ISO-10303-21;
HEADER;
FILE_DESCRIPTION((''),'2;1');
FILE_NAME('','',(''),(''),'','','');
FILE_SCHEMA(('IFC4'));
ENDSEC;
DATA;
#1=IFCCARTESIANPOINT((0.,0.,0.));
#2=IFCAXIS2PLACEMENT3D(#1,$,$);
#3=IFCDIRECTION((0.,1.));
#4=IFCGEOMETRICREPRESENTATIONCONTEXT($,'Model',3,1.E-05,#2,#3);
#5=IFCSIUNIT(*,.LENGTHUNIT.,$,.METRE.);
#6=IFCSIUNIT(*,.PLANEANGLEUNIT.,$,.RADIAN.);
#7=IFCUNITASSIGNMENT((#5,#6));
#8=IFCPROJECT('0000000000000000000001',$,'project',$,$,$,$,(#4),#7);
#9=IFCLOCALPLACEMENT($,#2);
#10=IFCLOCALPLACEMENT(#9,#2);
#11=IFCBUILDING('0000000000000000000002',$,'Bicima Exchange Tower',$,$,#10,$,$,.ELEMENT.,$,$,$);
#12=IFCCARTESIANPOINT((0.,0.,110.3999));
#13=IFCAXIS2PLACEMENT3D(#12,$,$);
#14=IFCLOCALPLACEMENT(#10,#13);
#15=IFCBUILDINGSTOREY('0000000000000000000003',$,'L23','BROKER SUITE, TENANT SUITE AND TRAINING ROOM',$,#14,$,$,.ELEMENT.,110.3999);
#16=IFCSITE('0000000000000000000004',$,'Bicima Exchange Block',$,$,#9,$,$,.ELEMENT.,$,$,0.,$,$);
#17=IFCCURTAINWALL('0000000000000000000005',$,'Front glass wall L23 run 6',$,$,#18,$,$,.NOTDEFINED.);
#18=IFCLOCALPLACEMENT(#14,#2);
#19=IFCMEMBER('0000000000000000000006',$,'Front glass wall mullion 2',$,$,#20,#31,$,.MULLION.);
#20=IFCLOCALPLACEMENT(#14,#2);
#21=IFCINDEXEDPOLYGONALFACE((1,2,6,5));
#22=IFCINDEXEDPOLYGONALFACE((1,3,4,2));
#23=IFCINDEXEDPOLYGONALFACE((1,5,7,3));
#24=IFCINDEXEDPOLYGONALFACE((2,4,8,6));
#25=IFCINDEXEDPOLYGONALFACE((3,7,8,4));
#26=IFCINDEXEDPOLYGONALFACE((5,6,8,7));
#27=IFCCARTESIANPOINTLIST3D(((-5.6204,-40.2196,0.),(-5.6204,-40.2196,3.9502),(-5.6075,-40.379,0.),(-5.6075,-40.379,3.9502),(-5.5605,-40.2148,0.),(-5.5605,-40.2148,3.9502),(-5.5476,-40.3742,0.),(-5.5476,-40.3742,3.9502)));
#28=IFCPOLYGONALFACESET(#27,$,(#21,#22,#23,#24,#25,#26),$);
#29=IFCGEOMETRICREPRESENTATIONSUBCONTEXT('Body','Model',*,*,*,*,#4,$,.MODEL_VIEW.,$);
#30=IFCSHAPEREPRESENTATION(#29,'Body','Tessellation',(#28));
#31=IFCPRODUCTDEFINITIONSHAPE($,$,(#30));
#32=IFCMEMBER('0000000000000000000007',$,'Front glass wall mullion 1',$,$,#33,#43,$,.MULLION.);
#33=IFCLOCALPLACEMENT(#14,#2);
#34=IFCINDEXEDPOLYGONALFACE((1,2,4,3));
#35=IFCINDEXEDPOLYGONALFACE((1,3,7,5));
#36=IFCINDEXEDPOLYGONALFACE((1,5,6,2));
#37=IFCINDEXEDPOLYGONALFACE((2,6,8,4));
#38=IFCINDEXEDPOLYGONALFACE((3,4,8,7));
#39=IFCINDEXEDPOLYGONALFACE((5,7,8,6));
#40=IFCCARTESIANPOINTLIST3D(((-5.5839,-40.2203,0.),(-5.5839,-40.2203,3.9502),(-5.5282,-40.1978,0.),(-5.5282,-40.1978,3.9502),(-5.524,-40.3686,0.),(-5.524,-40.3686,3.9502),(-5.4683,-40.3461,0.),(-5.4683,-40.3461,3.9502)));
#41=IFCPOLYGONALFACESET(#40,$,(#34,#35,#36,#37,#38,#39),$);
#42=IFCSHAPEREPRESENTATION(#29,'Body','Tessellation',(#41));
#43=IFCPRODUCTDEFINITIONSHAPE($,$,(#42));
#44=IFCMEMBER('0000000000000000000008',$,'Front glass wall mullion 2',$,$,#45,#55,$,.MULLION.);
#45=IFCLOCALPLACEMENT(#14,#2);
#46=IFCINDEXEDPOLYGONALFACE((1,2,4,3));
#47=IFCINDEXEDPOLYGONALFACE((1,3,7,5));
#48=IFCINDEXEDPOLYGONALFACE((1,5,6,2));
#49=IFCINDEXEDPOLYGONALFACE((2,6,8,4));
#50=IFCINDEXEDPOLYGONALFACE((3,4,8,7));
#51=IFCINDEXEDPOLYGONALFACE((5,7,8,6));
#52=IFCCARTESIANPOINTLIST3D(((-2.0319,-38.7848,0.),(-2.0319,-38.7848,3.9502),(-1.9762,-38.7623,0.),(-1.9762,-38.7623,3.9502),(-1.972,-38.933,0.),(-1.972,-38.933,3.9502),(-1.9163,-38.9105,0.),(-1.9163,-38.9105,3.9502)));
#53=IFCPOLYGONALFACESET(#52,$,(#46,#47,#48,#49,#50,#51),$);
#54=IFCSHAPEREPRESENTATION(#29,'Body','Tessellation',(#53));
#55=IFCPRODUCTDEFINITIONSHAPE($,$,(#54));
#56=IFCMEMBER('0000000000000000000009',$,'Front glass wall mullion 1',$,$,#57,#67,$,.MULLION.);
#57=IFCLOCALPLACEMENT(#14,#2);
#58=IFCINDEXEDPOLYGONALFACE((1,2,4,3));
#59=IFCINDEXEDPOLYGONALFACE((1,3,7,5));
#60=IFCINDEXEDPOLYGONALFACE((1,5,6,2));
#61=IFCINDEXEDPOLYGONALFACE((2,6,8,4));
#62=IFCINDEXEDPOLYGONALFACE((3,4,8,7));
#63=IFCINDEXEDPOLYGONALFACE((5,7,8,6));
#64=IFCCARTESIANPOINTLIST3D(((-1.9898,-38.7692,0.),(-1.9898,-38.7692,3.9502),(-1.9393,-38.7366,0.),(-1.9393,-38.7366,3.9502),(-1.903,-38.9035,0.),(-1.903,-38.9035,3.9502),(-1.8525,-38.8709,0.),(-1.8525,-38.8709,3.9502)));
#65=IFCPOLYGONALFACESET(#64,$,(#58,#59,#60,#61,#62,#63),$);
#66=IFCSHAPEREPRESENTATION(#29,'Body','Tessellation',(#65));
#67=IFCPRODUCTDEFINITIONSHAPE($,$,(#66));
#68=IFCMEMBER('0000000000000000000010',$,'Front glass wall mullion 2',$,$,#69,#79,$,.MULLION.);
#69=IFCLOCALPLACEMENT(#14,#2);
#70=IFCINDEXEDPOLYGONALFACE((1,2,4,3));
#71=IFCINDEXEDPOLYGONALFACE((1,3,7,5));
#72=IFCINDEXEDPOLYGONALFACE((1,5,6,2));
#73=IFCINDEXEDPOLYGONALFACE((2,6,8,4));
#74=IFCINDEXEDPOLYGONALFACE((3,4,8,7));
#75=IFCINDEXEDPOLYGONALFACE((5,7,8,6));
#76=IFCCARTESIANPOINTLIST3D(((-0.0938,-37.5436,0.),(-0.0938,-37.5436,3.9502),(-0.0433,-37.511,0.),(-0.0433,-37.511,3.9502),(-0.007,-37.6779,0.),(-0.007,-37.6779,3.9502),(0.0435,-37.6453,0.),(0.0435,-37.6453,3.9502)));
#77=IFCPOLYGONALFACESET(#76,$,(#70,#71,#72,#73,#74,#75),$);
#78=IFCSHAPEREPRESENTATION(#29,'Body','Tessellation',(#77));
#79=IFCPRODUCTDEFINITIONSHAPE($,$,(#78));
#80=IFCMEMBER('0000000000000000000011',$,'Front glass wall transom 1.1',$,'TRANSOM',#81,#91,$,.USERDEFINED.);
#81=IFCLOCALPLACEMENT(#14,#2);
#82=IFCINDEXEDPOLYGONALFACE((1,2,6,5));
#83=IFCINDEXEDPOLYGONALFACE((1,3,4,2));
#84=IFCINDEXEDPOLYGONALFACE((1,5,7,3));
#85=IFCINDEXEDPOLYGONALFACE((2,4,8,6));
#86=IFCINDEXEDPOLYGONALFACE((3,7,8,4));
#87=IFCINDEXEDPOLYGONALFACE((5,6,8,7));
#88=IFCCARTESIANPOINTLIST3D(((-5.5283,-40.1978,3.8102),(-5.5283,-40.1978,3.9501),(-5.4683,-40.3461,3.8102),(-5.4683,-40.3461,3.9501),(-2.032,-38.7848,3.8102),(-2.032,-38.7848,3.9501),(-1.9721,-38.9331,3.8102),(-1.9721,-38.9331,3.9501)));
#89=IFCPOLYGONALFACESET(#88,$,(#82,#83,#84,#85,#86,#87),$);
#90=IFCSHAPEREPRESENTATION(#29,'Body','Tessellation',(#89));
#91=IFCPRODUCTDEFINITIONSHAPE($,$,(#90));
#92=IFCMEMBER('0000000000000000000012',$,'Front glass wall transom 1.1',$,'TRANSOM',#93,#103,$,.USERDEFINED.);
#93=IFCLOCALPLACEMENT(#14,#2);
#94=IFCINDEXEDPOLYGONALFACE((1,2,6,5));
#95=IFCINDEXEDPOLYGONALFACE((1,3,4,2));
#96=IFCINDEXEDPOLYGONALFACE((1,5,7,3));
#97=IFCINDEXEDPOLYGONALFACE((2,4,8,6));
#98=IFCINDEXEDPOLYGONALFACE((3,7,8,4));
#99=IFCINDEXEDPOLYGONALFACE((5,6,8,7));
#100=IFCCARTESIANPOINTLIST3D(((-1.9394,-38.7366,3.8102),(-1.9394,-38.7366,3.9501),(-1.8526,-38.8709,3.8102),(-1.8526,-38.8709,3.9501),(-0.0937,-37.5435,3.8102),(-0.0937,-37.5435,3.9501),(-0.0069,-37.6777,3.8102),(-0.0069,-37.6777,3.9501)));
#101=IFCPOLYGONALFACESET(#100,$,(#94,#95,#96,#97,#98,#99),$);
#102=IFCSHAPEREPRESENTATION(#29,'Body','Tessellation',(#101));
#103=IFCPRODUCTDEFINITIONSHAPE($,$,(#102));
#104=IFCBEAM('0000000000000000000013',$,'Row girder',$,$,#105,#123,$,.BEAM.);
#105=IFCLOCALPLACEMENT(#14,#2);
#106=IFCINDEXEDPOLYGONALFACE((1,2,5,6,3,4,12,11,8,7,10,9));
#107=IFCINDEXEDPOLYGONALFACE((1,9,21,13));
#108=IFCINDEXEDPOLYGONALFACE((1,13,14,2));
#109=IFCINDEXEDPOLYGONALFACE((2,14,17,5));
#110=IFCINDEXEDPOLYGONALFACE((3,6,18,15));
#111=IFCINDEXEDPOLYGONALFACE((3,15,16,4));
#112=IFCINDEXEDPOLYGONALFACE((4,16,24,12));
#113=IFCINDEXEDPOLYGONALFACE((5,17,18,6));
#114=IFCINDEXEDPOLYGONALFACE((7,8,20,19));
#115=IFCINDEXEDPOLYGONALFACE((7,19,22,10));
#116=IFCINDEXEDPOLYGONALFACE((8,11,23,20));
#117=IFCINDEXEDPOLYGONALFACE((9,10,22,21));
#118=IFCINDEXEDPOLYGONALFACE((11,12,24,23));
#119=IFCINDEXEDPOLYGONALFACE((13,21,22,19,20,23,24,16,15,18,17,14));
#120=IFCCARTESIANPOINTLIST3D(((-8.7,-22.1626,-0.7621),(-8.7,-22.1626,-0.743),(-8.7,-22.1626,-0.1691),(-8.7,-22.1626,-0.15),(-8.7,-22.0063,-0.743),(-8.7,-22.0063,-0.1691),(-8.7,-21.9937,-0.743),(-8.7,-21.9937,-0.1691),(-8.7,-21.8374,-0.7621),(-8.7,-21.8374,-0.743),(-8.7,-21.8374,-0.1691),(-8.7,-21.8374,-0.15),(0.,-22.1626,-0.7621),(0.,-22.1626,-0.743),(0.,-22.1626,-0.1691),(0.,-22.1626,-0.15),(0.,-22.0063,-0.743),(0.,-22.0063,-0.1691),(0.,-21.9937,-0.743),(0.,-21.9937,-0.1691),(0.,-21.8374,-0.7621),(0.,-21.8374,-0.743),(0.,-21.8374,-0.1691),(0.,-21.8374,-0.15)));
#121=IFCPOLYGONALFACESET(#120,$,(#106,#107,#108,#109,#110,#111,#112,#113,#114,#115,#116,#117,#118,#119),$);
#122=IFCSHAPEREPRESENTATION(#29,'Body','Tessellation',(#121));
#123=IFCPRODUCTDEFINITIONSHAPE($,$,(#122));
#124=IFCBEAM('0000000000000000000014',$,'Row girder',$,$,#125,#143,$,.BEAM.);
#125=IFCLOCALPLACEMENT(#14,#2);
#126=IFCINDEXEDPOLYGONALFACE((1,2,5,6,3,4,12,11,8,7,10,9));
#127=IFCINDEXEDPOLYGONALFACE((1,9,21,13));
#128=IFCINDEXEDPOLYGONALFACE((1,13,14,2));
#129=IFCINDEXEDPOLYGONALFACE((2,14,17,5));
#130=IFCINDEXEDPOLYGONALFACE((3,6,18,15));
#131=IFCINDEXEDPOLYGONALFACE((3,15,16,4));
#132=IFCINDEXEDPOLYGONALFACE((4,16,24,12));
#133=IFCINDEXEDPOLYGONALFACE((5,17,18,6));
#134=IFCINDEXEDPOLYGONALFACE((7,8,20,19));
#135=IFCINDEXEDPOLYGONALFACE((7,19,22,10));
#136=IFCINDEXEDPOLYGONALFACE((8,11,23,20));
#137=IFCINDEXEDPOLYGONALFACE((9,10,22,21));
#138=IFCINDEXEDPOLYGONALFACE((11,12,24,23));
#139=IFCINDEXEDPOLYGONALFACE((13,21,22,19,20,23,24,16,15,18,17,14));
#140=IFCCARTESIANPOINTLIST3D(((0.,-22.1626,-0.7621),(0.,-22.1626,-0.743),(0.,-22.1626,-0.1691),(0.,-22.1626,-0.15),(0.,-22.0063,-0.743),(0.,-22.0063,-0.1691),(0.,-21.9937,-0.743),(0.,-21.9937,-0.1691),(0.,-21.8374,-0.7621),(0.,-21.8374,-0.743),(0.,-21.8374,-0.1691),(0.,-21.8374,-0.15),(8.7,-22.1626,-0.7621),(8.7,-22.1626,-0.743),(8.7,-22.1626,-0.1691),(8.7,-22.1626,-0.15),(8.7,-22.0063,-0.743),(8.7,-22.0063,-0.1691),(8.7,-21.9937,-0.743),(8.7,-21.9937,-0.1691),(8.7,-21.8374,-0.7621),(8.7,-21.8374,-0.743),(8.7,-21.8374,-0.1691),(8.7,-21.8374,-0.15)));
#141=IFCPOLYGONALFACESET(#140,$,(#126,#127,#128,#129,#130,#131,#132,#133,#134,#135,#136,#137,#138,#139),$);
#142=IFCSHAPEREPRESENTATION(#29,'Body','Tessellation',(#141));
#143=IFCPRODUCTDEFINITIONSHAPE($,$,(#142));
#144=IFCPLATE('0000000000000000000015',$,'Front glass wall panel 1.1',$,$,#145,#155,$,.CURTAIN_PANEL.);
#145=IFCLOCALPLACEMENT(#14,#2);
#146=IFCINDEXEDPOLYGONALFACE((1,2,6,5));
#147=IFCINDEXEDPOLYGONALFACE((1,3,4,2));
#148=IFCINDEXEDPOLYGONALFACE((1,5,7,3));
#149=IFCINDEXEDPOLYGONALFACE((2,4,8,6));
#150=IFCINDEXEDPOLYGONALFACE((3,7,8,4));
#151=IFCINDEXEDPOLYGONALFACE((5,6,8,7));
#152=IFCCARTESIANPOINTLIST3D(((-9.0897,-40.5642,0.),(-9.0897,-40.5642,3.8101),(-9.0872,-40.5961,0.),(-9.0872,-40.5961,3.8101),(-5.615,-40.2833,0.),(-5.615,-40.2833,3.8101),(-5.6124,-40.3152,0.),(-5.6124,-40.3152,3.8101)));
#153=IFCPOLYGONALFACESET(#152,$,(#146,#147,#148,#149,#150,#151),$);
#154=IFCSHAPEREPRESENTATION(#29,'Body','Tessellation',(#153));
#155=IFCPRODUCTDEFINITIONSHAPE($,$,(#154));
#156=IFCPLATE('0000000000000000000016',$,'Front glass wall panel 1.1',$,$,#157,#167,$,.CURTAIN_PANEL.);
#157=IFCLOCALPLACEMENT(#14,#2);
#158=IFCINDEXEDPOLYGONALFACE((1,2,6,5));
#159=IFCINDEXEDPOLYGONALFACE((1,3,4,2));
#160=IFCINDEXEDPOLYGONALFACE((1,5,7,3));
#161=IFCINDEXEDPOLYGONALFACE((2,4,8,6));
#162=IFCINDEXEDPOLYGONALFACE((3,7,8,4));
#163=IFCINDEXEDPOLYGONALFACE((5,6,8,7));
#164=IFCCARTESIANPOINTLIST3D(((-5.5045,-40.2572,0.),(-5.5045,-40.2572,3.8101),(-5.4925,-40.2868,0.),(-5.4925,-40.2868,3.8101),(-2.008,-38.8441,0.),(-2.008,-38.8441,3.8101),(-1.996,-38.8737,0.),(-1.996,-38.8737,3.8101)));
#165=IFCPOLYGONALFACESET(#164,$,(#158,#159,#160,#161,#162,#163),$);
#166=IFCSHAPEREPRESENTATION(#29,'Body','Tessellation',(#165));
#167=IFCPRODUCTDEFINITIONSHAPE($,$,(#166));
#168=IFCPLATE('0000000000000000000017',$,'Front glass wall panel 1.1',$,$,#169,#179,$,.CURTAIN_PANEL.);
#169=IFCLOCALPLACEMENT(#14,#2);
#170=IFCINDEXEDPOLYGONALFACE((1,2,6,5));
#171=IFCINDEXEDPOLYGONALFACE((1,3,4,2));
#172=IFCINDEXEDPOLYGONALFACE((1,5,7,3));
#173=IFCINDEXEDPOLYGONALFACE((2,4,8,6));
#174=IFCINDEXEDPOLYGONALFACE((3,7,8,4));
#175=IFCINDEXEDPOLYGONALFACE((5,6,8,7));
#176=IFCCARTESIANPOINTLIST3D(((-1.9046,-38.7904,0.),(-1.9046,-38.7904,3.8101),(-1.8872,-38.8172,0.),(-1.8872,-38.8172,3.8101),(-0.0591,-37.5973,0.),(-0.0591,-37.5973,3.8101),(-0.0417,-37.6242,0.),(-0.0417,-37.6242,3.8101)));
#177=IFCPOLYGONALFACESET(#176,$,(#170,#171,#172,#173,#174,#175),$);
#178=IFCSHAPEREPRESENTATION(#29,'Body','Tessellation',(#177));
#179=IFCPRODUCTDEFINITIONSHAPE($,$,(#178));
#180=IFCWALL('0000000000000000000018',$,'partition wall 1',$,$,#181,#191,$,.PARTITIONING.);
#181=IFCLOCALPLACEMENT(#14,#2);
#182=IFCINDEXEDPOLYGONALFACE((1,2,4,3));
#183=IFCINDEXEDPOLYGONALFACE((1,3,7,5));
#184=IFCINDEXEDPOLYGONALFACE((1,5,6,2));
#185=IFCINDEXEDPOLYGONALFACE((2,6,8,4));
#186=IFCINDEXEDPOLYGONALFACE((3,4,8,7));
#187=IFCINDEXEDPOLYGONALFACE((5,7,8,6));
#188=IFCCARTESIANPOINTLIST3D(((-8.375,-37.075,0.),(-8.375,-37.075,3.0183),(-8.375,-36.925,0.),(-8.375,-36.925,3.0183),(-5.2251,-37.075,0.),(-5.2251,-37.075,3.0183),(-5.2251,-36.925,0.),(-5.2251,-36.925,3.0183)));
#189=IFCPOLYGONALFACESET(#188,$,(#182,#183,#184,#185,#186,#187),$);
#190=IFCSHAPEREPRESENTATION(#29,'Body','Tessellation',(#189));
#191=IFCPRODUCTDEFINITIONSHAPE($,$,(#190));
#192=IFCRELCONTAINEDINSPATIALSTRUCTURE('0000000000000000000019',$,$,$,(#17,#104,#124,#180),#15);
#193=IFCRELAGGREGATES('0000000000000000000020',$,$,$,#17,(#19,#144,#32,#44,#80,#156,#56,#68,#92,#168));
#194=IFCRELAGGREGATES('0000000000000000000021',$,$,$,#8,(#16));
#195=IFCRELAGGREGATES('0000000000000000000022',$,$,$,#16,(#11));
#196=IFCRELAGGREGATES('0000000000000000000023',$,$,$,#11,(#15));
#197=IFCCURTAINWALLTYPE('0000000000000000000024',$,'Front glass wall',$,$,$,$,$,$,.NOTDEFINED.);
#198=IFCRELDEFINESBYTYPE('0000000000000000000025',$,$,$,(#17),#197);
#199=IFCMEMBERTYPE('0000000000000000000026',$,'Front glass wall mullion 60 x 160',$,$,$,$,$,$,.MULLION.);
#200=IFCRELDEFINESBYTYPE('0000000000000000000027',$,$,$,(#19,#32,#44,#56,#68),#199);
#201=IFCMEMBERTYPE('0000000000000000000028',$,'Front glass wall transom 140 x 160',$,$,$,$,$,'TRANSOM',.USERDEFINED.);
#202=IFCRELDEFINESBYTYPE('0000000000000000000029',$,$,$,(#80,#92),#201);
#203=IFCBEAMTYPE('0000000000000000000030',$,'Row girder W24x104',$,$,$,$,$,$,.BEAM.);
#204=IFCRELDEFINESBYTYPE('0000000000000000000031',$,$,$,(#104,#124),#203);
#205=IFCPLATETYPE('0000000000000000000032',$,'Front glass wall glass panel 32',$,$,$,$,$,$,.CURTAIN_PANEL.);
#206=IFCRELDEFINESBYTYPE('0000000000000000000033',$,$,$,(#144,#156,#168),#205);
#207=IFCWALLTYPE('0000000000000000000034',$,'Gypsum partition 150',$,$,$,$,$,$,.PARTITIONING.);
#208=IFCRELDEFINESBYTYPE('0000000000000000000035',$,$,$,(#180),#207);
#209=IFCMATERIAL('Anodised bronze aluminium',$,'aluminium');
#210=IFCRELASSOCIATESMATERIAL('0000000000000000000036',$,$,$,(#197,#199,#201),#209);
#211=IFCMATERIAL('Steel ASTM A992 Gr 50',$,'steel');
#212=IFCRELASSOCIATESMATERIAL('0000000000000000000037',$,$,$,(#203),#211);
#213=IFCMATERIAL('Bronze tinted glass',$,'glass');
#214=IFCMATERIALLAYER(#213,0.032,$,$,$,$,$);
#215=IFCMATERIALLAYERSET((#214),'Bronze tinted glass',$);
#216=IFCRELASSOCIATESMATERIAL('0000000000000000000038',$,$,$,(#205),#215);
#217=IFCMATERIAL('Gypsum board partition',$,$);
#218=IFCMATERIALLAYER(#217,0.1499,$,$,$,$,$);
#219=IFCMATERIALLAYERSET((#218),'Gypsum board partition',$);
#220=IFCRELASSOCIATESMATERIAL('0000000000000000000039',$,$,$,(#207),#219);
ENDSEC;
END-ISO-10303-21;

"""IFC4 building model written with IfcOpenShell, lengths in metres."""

from ifc_helpers import new_model, si_unit, direction, frame, frame_2d, origin, origin_2d, place, context, subcontext, project, spatial, rectangle, i_section, extrude, material, layer, layer_set, material_profile, profile_set, type_object, element, aggregate, save


model = new_model("IFC4")

# Units and contexts
model_context = context("Model", 3, precision=1e-05, world=origin(), true_north=direction((0.0, 1.0)))
body_context = subcontext(model_context, "Body", "Model", "MODEL_VIEW")
ifc_project = project(units=[si_unit("LENGTHUNIT", "METRE"), si_unit("PLANEANGLEUNIT", "RADIAN")], contexts=[model_context])

# Site, building, storey
site_placement = place(None, origin())
site = spatial("IfcSite", under=ifc_project, at=site_placement, Name="Bicima Exchange Block", CompositionType="ELEMENT", RefElevation=0.0)
building_placement = place(site_placement, origin())
building = spatial("IfcBuilding", under=site, at=building_placement, Name="Bicima Exchange Tower", CompositionType="ELEMENT")
storey_placement = place(building_placement, frame((0.0, 0.0, 110.3999)))
storey = spatial("IfcBuildingStorey", under=building, at=storey_placement, Name="L23", Description="BROKER SUITE, TENANT SUITE AND TRAINING ROOM", CompositionType="ELEMENT", Elevation=110.3999)

# Shared definitions
ifc_material_1 = material(Name="Steel ASTM A992 Gr 50", Category="steel")

# Curtain wall, members
ifc_material_2 = material(Name="Anodised bronze aluminium", Category="aluminium")
curtain_wall_type = type_object("IfcCurtainWallType", Name="Front glass wall", PredefinedType="NOTDEFINED", material=ifc_material_2)
curtain_wall_placement = place(storey_placement, origin())
curtain_wall = element("IfcCurtainWall", 1, at=curtain_wall_placement, inside=storey, type_object=curtain_wall_type, Name="Front glass wall L23 run 6", PredefinedType="NOTDEFINED")
ifc_material_profile_1 = material_profile(ifc_material_2, rectangle(XDim=0.1599, YDim=0.0601, at=origin_2d()))
ifc_profile_set_1 = profile_set([ifc_material_profile_1], Name="Anodised bronze aluminium")
member_type_1 = type_object("IfcMemberType", Name="Front glass wall mullion 60 x 160", PredefinedType="MULLION", material=ifc_profile_set_1)
member_1_placement = place(storey_placement, frame((-5.584, -40.2969, 0.0), z_axis=(0.0, 0.0, 1.0), x_axis=(-0.080589, 0.996747, 0.0)))
member_1 = element("IfcMember", 2, at=member_1_placement, type_object=member_type_1, Name="Front glass wall mullion 2", PredefinedType="MULLION", context=body_context, shape_type="SweptSolid", body=[
    extrude(rectangle(XDim=0.1599, YDim=0.0601, at=origin_2d()), origin(), (0.0, 0.0, 1.0), 3.9502),
])
member_2_placement = place(storey_placement, frame((-5.5261, -40.2832, 0.0), z_axis=(0.0, 0.0, 1.0), x_axis=(-0.374705, 0.927144, 0.0)))
member_2 = element("IfcMember", 3, at=member_2_placement, type_object=member_type_1, Name="Front glass wall mullion 1", PredefinedType="MULLION", context=body_context, shape_type="SweptSolid", body=[
    extrude(rectangle(XDim=0.1599, YDim=0.0601, at=origin_2d()), origin(), (0.0, 0.0, 1.0), 3.9502),
])
member_3_placement = place(storey_placement, frame((-1.9741, -38.8477, 0.0), z_axis=(0.0, 0.0, 1.0), x_axis=(-0.374705, 0.927144, 0.0)))
member_3 = element("IfcMember", 4, at=member_3_placement, type_object=member_type_1, Name="Front glass wall mullion 2", PredefinedType="MULLION", context=body_context, shape_type="SweptSolid", body=[
    extrude(rectangle(XDim=0.1599, YDim=0.0601, at=origin_2d()), origin(), (0.0, 0.0, 1.0), 3.9502),
])
member_4_placement = place(storey_placement, frame((-1.9211, -38.8201, 0.0), z_axis=(0.0, 0.0, 1.0), x_axis=(-0.542897, 0.839799, 0.0)))
member_4 = element("IfcMember", 5, at=member_4_placement, type_object=member_type_1, Name="Front glass wall mullion 1", PredefinedType="MULLION", context=body_context, shape_type="SweptSolid", body=[
    extrude(rectangle(XDim=0.1599, YDim=0.0601, at=origin_2d()), origin(), (0.0, 0.0, 1.0), 3.9502),
])
member_5_placement = place(storey_placement, frame((-0.0251, -37.5945, 0.0), z_axis=(0.0, 0.0, 1.0), x_axis=(-0.542897, 0.839799, 0.0)))
member_5 = element("IfcMember", 6, at=member_5_placement, type_object=member_type_1, Name="Front glass wall mullion 2", PredefinedType="MULLION", context=body_context, shape_type="SweptSolid", body=[
    extrude(rectangle(XDim=0.1599, YDim=0.0601, at=origin_2d()), origin(), (0.0, 0.0, 1.0), 3.9502),
])
ifc_material_profile_2 = material_profile(ifc_material_2, rectangle(XDim=0.1599, YDim=0.1399, at=origin_2d()))
ifc_profile_set_2 = profile_set([ifc_material_profile_2], Name="Anodised bronze aluminium")
member_type_2 = type_object("IfcMemberType", Name="Front glass wall transom 140 x 160", ElementType="TRANSOM", PredefinedType="USERDEFINED", material=ifc_profile_set_2)
member_6_placement = place(storey_placement, frame((-5.4983, -40.272, 3.8801), z_axis=(0.92714, 0.374715, 0.0), x_axis=(-0.374715, 0.92714, 0.0)))
member_6 = element("IfcMember", 7, at=member_6_placement, type_object=member_type_2, Name="Front glass wall transom 1.1", ObjectType="TRANSOM", PredefinedType="USERDEFINED", context=body_context, shape_type="SweptSolid", body=[
    extrude(rectangle(XDim=0.1599, YDim=0.1399, at=origin_2d()), origin(), (0.0, 0.0, 1.0), 3.771),
])
member_7_placement = place(storey_placement, frame((-1.896, -38.8037, 3.8801), z_axis=(0.839811, 0.542878, 0.0), x_axis=(-0.542878, 0.839811, 0.0)))
member_7 = element("IfcMember", 8, at=member_7_placement, type_object=member_type_2, Name="Front glass wall transom 1.1", ObjectType="TRANSOM", PredefinedType="USERDEFINED", context=body_context, shape_type="SweptSolid", body=[
    extrude(rectangle(XDim=0.1599, YDim=0.1399, at=origin_2d()), origin(), (0.0, 0.0, 1.0), 2.1978),
])

# Beams
ifc_material_profile_3 = material_profile(ifc_material_1, i_section(OverallWidth=0.3252, OverallDepth=0.6121, WebThickness=0.0127, FlangeThickness=0.019, at=origin_2d()))
ifc_profile_set_3 = profile_set([ifc_material_profile_3], Name="Steel ASTM A992 Gr 50")
beam_type_1 = type_object("IfcBeamType", Name="Row girder W24x104", PredefinedType="BEAM", material=ifc_profile_set_3)
for number, where, z_axis, x_axis, name in (
    (9, (-8.7, -22.0, -0.4561), (1.0, 0.0, 0.0), (0.0, 1.0, 0.0), "Row girder"),
    (10, (0.0, -22.0, -0.4561), (1.0, 0.0, 0.0), (0.0, 1.0, 0.0), "Row girder"),
):
    element("IfcBeam", number, at=place(storey_placement, frame(where, z_axis=z_axis, x_axis=x_axis)), inside=storey, type_object=beam_type_1, Name=name, PredefinedType="BEAM", context=body_context, shape_type="SweptSolid", body=[
        extrude(i_section(OverallWidth=0.3252, OverallDepth=0.6121, WebThickness=0.0127, FlangeThickness=0.019, at=origin_2d()), origin(), (0.0, 0.0, 1.0), 8.7),
    ])

# Plates
ifc_material_3 = material(Name="Bronze tinted glass", Category="glass")
ifc_layer_1 = layer(ifc_material_3, 0.032)
ifc_layer_set_1 = layer_set([ifc_layer_1], Name="Bronze tinted glass")
plate_type = type_object("IfcPlateType", Name="Front glass wall glass panel 32", PredefinedType="CURTAIN_PANEL", material=ifc_layer_set_1)
plate_1_placement = place(storey_placement, frame((-7.3511, -40.4397, 0.0), z_axis=(0.0, 0.0, 1.0), x_axis=(0.996747, 0.080589, 0.0)))
plate_1 = element("IfcPlate", 11, at=plate_1_placement, type_object=plate_type, Name="Front glass wall panel 1.1", PredefinedType="CURTAIN_PANEL", context=body_context, shape_type="SweptSolid", body=[
    extrude(rectangle(XDim=3.4861, YDim=0.032, at=origin_2d()), origin(), (0.0, 0.0, 1.0), 3.8101),
])
plate_2_placement = place(storey_placement, frame((-3.7502, -39.5654, 0.0), z_axis=(0.0, 0.0, 1.0), x_axis=(0.927144, 0.374705, 0.0)))
plate_2 = element("IfcPlate", 12, at=plate_2_placement, type_object=plate_type, Name="Front glass wall panel 1.1", PredefinedType="CURTAIN_PANEL", context=body_context, shape_type="SweptSolid", body=[
    extrude(rectangle(XDim=3.7712, YDim=0.032, at=origin_2d()), origin(), (0.0, 0.0, 1.0), 3.8101),
])
plate_3_placement = place(storey_placement, frame((-0.9731, -38.2073, 0.0), z_axis=(0.0, 0.0, 1.0), x_axis=(0.839799, 0.542897, 0.0)))
plate_3 = element("IfcPlate", 13, at=plate_3_placement, type_object=plate_type, Name="Front glass wall panel 1.1", PredefinedType="CURTAIN_PANEL", context=body_context, shape_type="SweptSolid", body=[
    extrude(rectangle(XDim=2.1975, YDim=0.032, at=origin_2d()), origin(), (0.0, 0.0, 1.0), 3.8101),
])
aggregate(curtain_wall, [member_1, plate_1, member_2, member_3, member_6, plate_2, member_4, member_5, member_7, plate_3])

# Wall
ifc_material_4 = material(Name="Gypsum board partition")
ifc_layer_2 = layer(ifc_material_4, 0.1499)
ifc_layer_set_2 = layer_set([ifc_layer_2], Name="Gypsum board partition")
wall_type = type_object("IfcWallType", Name="Gypsum partition 150", PredefinedType="PARTITIONING", material=ifc_layer_set_2)
wall_1_placement = place(storey_placement, frame((-8.375, -37.0, 0.0), z_axis=(0.0, 0.0, 1.0), x_axis=(1.0, 0.0, 0.0)))
element("IfcWall", 14, at=wall_1_placement, inside=storey, type_object=wall_type, Name="partition wall 1", PredefinedType="PARTITIONING", context=body_context, shape_type="SweptSolid", body=[
    extrude(rectangle(XDim=3.1499, YDim=0.1499, at=frame_2d((1.575, 0.0))), origin(), (0.0, 0.0, 1.0), 3.0183),
])

save(model, "model.ifc")
